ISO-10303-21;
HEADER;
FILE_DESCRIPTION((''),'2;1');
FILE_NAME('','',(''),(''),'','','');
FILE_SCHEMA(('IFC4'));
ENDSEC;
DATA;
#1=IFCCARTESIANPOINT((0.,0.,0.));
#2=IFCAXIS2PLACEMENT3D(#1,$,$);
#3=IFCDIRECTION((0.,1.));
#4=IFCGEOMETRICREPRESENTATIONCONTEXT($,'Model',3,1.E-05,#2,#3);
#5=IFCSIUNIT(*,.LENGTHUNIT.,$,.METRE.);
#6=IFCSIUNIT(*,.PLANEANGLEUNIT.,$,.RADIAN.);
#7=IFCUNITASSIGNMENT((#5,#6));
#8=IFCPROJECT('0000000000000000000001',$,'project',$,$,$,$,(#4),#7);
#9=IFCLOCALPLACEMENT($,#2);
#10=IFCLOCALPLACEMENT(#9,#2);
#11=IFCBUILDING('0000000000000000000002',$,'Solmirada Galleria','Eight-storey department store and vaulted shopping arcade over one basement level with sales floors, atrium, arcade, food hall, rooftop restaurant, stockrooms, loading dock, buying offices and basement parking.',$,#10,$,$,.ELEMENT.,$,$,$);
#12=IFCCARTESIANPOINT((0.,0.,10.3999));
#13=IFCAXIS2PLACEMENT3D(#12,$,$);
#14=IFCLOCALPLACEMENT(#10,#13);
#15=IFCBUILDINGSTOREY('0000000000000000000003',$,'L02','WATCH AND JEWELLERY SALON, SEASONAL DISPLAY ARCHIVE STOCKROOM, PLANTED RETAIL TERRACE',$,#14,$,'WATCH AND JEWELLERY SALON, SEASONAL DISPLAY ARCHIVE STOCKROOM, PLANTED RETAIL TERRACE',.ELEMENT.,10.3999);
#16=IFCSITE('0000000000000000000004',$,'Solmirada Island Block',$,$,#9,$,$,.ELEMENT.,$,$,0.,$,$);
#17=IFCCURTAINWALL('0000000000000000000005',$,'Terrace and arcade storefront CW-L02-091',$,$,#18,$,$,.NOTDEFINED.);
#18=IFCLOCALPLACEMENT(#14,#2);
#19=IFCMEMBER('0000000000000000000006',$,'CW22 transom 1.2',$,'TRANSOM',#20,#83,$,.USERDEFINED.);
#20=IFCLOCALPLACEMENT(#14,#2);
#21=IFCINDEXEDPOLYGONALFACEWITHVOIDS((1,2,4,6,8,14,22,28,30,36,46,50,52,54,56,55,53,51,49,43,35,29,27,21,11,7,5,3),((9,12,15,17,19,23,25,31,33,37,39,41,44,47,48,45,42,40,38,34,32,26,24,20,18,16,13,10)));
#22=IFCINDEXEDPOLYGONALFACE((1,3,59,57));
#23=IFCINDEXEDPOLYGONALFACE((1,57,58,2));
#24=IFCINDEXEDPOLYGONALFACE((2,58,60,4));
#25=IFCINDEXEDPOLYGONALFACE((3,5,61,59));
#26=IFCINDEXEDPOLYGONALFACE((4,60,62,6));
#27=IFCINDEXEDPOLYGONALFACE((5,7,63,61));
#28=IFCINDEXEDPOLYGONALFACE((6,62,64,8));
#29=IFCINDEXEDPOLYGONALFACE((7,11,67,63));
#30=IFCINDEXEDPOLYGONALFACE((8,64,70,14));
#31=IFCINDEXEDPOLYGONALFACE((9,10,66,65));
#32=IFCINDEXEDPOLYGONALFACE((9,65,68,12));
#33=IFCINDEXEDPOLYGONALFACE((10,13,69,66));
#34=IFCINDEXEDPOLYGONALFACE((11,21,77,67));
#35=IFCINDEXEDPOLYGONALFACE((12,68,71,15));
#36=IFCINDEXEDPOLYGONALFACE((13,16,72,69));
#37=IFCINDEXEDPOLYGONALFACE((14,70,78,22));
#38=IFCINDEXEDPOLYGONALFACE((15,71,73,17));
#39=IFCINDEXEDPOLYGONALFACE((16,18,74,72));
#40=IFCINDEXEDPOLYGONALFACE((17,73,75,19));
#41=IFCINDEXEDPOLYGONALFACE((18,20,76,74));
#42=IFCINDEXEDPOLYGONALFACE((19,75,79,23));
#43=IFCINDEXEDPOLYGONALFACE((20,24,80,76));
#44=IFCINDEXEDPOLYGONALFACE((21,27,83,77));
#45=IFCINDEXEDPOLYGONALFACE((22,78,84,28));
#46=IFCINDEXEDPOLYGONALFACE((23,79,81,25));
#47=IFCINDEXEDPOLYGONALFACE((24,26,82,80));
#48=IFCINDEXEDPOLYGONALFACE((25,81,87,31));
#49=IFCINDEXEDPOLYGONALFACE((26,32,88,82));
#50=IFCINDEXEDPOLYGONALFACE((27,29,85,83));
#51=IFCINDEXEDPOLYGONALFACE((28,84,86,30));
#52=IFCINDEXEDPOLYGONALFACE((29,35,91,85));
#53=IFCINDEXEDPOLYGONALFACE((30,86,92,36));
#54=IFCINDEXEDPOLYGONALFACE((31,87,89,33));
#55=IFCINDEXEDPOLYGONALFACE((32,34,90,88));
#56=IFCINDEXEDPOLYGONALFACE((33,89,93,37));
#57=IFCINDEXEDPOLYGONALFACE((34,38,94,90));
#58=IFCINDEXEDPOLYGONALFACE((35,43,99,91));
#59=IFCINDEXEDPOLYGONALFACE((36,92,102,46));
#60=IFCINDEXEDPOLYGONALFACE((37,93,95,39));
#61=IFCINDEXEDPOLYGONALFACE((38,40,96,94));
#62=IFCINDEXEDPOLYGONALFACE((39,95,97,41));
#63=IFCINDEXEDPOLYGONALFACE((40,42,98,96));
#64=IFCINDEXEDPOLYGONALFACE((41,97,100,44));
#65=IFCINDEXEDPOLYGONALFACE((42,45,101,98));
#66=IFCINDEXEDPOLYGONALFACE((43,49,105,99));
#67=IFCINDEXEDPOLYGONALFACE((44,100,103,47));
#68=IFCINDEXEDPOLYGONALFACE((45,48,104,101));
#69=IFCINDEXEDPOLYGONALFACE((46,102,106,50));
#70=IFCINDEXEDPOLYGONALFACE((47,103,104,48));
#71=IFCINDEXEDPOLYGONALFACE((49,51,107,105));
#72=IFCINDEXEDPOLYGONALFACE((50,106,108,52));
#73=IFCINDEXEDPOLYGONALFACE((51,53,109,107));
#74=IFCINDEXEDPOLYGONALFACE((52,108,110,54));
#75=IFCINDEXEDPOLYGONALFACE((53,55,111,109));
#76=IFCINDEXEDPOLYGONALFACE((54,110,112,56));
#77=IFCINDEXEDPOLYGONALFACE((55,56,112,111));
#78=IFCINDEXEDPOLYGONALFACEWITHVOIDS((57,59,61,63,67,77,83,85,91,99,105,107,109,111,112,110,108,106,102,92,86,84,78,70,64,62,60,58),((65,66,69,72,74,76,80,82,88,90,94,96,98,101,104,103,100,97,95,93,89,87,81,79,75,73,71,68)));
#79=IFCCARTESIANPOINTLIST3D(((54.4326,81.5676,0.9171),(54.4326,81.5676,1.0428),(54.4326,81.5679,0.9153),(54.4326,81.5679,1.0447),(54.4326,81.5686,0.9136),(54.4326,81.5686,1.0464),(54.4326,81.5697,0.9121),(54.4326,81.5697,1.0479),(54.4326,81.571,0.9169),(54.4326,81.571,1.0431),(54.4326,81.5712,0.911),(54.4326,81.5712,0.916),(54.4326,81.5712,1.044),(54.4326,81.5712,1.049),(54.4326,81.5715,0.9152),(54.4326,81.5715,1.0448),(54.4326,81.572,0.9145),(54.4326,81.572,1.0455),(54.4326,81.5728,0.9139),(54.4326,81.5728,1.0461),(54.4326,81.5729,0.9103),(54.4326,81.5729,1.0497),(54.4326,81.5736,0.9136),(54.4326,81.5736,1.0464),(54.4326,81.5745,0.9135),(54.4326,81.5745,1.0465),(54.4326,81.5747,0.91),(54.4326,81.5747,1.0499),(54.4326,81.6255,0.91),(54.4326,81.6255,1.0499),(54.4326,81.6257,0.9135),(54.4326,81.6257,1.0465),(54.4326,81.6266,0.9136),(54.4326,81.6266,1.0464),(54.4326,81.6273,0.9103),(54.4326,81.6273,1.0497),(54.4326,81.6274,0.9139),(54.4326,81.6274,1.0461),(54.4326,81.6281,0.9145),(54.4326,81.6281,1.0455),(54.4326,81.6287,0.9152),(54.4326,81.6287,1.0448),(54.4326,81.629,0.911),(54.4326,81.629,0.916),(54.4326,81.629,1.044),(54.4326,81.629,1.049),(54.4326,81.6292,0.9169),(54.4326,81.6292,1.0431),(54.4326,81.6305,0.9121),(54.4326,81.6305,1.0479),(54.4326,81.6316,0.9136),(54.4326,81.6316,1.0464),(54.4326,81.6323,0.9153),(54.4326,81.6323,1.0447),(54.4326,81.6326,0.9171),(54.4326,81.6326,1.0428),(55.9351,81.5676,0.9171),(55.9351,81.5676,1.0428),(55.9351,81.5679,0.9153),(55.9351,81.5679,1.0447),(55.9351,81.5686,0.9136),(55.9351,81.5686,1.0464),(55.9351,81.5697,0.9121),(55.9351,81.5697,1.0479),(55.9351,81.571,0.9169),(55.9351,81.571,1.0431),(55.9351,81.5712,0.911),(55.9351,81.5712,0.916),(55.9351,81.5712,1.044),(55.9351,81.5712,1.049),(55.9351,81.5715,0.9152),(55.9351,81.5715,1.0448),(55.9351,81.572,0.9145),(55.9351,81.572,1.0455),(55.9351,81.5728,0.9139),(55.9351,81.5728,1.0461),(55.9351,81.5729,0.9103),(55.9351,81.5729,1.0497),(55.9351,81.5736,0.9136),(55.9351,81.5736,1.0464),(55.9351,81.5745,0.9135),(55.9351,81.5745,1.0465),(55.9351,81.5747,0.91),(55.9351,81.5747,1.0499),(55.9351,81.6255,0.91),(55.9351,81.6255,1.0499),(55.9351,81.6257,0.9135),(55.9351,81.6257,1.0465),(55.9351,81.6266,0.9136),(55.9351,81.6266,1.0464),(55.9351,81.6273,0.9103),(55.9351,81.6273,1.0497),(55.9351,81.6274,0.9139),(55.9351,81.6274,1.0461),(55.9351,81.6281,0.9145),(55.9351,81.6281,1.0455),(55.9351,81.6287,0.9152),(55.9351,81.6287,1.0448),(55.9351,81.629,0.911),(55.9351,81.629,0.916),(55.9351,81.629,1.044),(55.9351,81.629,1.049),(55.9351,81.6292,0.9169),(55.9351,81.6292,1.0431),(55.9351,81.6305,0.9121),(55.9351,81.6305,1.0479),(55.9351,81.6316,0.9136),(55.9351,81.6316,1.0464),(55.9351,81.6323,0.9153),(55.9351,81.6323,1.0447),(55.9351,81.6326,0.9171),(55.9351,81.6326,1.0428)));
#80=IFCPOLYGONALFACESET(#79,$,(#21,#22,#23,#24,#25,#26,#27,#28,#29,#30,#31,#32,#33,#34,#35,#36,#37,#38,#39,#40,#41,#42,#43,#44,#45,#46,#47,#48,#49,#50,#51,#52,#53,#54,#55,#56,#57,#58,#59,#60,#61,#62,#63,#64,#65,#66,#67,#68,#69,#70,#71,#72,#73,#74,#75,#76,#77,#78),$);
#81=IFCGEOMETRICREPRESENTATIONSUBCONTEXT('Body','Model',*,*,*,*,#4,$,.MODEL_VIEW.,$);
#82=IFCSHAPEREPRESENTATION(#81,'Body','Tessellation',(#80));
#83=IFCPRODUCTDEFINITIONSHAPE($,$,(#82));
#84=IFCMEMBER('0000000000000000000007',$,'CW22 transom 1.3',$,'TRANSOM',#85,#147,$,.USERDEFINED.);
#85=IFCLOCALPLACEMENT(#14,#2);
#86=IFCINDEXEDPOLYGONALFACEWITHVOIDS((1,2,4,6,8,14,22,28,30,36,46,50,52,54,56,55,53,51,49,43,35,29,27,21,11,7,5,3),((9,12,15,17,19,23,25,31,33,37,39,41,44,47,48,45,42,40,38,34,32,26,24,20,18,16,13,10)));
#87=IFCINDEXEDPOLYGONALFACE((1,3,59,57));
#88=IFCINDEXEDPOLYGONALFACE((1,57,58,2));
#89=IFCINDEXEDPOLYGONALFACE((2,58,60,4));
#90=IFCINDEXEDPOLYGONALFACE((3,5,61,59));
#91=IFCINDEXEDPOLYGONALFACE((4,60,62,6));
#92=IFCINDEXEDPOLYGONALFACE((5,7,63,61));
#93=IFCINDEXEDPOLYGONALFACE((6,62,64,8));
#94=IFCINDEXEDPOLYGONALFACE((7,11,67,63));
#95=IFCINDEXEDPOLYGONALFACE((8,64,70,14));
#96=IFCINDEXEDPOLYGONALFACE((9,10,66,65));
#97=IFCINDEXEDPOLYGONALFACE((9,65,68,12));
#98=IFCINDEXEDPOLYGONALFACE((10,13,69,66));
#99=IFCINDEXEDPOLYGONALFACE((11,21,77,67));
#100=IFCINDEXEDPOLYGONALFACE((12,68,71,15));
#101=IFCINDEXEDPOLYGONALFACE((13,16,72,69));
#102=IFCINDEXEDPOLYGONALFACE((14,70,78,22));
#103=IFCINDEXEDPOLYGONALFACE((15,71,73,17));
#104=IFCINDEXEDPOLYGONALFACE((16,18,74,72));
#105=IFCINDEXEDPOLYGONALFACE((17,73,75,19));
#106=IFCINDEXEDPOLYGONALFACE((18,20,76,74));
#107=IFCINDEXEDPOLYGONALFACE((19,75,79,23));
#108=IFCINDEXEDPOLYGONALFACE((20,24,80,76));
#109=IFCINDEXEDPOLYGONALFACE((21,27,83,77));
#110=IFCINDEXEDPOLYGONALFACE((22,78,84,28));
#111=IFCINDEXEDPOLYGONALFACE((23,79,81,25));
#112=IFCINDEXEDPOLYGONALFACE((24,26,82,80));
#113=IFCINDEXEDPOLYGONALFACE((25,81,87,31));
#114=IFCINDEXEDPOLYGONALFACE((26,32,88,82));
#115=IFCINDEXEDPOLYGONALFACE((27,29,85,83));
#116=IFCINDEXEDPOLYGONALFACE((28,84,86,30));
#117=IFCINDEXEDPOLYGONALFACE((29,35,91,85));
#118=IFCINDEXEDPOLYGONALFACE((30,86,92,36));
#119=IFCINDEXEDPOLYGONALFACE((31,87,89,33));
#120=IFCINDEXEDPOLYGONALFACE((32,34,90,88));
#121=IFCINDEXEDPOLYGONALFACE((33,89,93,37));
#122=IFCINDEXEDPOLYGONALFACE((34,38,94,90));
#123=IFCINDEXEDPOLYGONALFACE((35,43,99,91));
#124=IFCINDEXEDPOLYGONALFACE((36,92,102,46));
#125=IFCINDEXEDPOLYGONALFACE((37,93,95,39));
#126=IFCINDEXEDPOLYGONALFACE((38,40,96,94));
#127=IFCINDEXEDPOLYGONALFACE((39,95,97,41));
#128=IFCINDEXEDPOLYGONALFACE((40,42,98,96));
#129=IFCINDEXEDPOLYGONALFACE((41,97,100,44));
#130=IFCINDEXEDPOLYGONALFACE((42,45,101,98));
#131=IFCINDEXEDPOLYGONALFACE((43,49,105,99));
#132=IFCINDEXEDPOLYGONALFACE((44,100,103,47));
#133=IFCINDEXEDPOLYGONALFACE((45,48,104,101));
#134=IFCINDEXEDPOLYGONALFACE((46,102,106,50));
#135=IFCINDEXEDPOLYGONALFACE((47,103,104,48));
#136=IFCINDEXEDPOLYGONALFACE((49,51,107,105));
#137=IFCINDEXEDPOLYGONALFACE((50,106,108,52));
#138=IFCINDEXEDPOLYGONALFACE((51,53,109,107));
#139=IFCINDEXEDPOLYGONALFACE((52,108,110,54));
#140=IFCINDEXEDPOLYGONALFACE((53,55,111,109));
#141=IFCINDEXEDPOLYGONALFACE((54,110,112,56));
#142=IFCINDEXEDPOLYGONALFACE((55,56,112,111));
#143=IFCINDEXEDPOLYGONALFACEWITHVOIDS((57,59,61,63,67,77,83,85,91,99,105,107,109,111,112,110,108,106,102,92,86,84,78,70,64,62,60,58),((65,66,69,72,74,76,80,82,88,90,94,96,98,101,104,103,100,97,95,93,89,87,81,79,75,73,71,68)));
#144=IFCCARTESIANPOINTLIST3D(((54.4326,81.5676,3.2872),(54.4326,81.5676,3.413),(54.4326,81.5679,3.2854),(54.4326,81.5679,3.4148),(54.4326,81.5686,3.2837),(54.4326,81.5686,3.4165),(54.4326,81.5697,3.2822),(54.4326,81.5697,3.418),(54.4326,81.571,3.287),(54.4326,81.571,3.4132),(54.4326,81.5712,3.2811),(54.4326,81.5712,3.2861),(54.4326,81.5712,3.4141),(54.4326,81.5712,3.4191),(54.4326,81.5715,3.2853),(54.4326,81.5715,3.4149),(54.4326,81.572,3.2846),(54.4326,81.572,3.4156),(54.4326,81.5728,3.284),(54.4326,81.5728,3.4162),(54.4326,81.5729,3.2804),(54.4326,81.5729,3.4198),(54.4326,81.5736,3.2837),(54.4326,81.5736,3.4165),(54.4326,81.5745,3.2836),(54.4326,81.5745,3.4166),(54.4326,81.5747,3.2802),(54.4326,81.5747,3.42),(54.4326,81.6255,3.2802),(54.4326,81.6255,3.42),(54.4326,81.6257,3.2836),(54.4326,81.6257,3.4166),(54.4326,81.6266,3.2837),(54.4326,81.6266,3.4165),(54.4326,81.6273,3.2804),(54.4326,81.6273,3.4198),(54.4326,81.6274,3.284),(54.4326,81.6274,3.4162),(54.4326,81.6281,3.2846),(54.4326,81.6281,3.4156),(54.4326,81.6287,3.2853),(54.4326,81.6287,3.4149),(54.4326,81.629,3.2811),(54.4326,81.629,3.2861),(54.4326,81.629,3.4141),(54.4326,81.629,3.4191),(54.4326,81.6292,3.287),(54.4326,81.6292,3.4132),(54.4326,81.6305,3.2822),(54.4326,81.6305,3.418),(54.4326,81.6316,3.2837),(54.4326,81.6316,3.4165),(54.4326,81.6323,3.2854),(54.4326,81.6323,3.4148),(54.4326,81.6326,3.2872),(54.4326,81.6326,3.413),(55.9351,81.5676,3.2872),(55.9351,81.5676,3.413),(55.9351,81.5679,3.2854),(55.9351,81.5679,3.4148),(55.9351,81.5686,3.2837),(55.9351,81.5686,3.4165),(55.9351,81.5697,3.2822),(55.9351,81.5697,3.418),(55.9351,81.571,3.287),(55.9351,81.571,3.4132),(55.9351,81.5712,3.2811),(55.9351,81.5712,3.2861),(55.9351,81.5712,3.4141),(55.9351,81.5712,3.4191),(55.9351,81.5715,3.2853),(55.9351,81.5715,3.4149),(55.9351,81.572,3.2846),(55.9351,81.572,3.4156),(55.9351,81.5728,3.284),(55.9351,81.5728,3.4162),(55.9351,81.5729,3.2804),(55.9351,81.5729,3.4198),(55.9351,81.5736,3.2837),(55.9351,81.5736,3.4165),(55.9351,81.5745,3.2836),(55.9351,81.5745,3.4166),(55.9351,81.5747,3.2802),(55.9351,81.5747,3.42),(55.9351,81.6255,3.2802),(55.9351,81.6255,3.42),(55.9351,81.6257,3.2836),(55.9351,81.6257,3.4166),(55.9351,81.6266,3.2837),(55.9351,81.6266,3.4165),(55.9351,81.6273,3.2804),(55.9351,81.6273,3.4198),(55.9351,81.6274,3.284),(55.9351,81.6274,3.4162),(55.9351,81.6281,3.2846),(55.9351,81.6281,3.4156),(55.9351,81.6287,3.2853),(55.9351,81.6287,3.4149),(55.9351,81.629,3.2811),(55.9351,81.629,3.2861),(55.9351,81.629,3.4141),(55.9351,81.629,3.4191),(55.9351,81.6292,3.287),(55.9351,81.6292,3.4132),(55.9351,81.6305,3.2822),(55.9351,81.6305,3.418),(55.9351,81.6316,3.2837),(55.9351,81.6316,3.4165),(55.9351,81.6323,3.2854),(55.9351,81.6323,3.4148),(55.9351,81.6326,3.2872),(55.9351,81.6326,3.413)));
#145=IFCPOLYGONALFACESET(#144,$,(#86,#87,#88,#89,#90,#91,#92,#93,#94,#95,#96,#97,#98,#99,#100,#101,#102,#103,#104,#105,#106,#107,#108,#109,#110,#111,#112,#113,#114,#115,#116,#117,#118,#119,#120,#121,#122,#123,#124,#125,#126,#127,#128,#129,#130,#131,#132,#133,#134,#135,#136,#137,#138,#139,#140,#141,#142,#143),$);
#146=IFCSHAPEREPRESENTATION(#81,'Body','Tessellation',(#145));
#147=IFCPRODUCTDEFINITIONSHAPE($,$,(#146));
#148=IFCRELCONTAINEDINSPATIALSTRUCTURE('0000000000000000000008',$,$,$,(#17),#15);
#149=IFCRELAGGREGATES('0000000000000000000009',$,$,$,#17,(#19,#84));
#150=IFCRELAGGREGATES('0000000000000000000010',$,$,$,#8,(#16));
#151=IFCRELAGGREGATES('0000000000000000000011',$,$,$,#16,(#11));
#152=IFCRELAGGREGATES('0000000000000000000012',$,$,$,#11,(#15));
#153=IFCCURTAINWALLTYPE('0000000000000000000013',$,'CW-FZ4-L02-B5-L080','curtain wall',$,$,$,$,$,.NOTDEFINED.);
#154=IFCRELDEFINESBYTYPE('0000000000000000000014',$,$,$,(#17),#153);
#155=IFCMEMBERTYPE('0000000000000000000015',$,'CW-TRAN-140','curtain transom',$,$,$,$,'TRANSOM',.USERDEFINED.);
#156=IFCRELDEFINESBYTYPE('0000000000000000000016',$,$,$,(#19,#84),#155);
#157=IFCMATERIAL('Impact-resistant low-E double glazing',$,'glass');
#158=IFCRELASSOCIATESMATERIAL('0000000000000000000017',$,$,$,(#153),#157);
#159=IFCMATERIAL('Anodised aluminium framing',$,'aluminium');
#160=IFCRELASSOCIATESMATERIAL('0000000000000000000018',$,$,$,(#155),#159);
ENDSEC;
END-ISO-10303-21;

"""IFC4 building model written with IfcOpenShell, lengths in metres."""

from ifc_helpers import new_model, si_unit, direction, frame, origin, origin_2d, place, context, subcontext, project, spatial, hollow_rectangle, extrude, material, material_profile, profile_set, type_object, element, aggregate, save


model = new_model("IFC4")

# Units and contexts
model_context = context("Model", 3, precision=1e-05, world=origin(), true_north=direction((0.0, 1.0)))
body_context = subcontext(model_context, "Body", "Model", "MODEL_VIEW")
ifc_project = project(units=[si_unit("LENGTHUNIT", "METRE"), si_unit("PLANEANGLEUNIT", "RADIAN")], contexts=[model_context])

# Site, building, storey
site_placement = place(None, origin())
site = spatial("IfcSite", under=ifc_project, at=site_placement, Name="Solmirada Island Block", CompositionType="ELEMENT", RefElevation=0.0)
building_placement = place(site_placement, origin())
building = spatial("IfcBuilding", under=site, at=building_placement, Name="Solmirada Galleria", Description="Eight-storey department store and vaulted shopping arcade over one basement level with sales floors, atrium, arcade, food hall, rooftop restaurant, stockrooms, loading dock, buying offices and basement parking.", CompositionType="ELEMENT")
storey_placement = place(building_placement, frame((0.0, 0.0, 10.3999)))
storey = spatial("IfcBuildingStorey", under=building, at=storey_placement, Name="L02", Description="WATCH AND JEWELLERY SALON, SEASONAL DISPLAY ARCHIVE STOCKROOM, PLANTED RETAIL TERRACE", LongName="WATCH AND JEWELLERY SALON, SEASONAL DISPLAY ARCHIVE STOCKROOM, PLANTED RETAIL TERRACE", CompositionType="ELEMENT", Elevation=10.3999)

# Curtain wall
ifc_material_1 = material(Name="Impact-resistant low-E double glazing", Category="glass")
curtain_wall_type = type_object("IfcCurtainWallType", Name="CW-FZ4-L02-B5-L080", Description="curtain wall", PredefinedType="NOTDEFINED", material=ifc_material_1)
ifc_material_2 = material(Name="Anodised aluminium framing", Category="aluminium")
curtain_wall_1_placement = place(storey_placement, origin())
curtain_wall_1 = element("IfcCurtainWall", 1, at=curtain_wall_1_placement, inside=storey, type_object=curtain_wall_type, Name="Terrace and arcade storefront CW-L02-091", PredefinedType="NOTDEFINED")

# Members
ifc_material_profile_1 = material_profile(ifc_material_2, hollow_rectangle(XDim=0.0649, YDim=0.1399, WallThickness=0.0034, InnerFilletRadius=0.0034, OuterFilletRadius=0.0071, at=origin_2d()), Name="ALU-TRAN-140X65")
ifc_profile_set_1 = profile_set([ifc_material_profile_1], Name="Anodised aluminium framing")
member_type_1 = type_object("IfcMemberType", Name="CW-TRAN-140", Description="curtain transom", ElementType="TRANSOM", PredefinedType="USERDEFINED", material=ifc_profile_set_1)
member_1_placement = place(storey_placement, frame((55.9351, 81.6001, 0.98), z_axis=(-1.0, 0.0, 0.0), x_axis=(0.0, -1.0, 0.0)))
member_1 = element("IfcMember", 2, at=member_1_placement, type_object=member_type_1, Name="CW22 transom 1.2", ObjectType="TRANSOM", PredefinedType="USERDEFINED", context=body_context, shape_type="SweptSolid", body=[
    extrude(hollow_rectangle(XDim=0.0649, YDim=0.1399, WallThickness=0.0034, InnerFilletRadius=0.0034, OuterFilletRadius=0.0071, at=origin_2d()), origin(), (0.0, 0.0, 1.0), 1.5024),
])
member_2_placement = place(storey_placement, frame((55.9351, 81.6001, 3.3501), z_axis=(-1.0, 0.0, 0.0), x_axis=(0.0, -1.0, 0.0)))
member_2 = element("IfcMember", 3, at=member_2_placement, type_object=member_type_1, Name="CW22 transom 1.3", ObjectType="TRANSOM", PredefinedType="USERDEFINED", context=body_context, shape_type="SweptSolid", body=[
    extrude(hollow_rectangle(XDim=0.0649, YDim=0.1399, WallThickness=0.0034, InnerFilletRadius=0.0034, OuterFilletRadius=0.0071, at=origin_2d()), origin(), (0.0, 0.0, 1.0), 1.5024),
])

aggregate(curtain_wall_1, [member_1, member_2])

save(model, "model.ifc")
